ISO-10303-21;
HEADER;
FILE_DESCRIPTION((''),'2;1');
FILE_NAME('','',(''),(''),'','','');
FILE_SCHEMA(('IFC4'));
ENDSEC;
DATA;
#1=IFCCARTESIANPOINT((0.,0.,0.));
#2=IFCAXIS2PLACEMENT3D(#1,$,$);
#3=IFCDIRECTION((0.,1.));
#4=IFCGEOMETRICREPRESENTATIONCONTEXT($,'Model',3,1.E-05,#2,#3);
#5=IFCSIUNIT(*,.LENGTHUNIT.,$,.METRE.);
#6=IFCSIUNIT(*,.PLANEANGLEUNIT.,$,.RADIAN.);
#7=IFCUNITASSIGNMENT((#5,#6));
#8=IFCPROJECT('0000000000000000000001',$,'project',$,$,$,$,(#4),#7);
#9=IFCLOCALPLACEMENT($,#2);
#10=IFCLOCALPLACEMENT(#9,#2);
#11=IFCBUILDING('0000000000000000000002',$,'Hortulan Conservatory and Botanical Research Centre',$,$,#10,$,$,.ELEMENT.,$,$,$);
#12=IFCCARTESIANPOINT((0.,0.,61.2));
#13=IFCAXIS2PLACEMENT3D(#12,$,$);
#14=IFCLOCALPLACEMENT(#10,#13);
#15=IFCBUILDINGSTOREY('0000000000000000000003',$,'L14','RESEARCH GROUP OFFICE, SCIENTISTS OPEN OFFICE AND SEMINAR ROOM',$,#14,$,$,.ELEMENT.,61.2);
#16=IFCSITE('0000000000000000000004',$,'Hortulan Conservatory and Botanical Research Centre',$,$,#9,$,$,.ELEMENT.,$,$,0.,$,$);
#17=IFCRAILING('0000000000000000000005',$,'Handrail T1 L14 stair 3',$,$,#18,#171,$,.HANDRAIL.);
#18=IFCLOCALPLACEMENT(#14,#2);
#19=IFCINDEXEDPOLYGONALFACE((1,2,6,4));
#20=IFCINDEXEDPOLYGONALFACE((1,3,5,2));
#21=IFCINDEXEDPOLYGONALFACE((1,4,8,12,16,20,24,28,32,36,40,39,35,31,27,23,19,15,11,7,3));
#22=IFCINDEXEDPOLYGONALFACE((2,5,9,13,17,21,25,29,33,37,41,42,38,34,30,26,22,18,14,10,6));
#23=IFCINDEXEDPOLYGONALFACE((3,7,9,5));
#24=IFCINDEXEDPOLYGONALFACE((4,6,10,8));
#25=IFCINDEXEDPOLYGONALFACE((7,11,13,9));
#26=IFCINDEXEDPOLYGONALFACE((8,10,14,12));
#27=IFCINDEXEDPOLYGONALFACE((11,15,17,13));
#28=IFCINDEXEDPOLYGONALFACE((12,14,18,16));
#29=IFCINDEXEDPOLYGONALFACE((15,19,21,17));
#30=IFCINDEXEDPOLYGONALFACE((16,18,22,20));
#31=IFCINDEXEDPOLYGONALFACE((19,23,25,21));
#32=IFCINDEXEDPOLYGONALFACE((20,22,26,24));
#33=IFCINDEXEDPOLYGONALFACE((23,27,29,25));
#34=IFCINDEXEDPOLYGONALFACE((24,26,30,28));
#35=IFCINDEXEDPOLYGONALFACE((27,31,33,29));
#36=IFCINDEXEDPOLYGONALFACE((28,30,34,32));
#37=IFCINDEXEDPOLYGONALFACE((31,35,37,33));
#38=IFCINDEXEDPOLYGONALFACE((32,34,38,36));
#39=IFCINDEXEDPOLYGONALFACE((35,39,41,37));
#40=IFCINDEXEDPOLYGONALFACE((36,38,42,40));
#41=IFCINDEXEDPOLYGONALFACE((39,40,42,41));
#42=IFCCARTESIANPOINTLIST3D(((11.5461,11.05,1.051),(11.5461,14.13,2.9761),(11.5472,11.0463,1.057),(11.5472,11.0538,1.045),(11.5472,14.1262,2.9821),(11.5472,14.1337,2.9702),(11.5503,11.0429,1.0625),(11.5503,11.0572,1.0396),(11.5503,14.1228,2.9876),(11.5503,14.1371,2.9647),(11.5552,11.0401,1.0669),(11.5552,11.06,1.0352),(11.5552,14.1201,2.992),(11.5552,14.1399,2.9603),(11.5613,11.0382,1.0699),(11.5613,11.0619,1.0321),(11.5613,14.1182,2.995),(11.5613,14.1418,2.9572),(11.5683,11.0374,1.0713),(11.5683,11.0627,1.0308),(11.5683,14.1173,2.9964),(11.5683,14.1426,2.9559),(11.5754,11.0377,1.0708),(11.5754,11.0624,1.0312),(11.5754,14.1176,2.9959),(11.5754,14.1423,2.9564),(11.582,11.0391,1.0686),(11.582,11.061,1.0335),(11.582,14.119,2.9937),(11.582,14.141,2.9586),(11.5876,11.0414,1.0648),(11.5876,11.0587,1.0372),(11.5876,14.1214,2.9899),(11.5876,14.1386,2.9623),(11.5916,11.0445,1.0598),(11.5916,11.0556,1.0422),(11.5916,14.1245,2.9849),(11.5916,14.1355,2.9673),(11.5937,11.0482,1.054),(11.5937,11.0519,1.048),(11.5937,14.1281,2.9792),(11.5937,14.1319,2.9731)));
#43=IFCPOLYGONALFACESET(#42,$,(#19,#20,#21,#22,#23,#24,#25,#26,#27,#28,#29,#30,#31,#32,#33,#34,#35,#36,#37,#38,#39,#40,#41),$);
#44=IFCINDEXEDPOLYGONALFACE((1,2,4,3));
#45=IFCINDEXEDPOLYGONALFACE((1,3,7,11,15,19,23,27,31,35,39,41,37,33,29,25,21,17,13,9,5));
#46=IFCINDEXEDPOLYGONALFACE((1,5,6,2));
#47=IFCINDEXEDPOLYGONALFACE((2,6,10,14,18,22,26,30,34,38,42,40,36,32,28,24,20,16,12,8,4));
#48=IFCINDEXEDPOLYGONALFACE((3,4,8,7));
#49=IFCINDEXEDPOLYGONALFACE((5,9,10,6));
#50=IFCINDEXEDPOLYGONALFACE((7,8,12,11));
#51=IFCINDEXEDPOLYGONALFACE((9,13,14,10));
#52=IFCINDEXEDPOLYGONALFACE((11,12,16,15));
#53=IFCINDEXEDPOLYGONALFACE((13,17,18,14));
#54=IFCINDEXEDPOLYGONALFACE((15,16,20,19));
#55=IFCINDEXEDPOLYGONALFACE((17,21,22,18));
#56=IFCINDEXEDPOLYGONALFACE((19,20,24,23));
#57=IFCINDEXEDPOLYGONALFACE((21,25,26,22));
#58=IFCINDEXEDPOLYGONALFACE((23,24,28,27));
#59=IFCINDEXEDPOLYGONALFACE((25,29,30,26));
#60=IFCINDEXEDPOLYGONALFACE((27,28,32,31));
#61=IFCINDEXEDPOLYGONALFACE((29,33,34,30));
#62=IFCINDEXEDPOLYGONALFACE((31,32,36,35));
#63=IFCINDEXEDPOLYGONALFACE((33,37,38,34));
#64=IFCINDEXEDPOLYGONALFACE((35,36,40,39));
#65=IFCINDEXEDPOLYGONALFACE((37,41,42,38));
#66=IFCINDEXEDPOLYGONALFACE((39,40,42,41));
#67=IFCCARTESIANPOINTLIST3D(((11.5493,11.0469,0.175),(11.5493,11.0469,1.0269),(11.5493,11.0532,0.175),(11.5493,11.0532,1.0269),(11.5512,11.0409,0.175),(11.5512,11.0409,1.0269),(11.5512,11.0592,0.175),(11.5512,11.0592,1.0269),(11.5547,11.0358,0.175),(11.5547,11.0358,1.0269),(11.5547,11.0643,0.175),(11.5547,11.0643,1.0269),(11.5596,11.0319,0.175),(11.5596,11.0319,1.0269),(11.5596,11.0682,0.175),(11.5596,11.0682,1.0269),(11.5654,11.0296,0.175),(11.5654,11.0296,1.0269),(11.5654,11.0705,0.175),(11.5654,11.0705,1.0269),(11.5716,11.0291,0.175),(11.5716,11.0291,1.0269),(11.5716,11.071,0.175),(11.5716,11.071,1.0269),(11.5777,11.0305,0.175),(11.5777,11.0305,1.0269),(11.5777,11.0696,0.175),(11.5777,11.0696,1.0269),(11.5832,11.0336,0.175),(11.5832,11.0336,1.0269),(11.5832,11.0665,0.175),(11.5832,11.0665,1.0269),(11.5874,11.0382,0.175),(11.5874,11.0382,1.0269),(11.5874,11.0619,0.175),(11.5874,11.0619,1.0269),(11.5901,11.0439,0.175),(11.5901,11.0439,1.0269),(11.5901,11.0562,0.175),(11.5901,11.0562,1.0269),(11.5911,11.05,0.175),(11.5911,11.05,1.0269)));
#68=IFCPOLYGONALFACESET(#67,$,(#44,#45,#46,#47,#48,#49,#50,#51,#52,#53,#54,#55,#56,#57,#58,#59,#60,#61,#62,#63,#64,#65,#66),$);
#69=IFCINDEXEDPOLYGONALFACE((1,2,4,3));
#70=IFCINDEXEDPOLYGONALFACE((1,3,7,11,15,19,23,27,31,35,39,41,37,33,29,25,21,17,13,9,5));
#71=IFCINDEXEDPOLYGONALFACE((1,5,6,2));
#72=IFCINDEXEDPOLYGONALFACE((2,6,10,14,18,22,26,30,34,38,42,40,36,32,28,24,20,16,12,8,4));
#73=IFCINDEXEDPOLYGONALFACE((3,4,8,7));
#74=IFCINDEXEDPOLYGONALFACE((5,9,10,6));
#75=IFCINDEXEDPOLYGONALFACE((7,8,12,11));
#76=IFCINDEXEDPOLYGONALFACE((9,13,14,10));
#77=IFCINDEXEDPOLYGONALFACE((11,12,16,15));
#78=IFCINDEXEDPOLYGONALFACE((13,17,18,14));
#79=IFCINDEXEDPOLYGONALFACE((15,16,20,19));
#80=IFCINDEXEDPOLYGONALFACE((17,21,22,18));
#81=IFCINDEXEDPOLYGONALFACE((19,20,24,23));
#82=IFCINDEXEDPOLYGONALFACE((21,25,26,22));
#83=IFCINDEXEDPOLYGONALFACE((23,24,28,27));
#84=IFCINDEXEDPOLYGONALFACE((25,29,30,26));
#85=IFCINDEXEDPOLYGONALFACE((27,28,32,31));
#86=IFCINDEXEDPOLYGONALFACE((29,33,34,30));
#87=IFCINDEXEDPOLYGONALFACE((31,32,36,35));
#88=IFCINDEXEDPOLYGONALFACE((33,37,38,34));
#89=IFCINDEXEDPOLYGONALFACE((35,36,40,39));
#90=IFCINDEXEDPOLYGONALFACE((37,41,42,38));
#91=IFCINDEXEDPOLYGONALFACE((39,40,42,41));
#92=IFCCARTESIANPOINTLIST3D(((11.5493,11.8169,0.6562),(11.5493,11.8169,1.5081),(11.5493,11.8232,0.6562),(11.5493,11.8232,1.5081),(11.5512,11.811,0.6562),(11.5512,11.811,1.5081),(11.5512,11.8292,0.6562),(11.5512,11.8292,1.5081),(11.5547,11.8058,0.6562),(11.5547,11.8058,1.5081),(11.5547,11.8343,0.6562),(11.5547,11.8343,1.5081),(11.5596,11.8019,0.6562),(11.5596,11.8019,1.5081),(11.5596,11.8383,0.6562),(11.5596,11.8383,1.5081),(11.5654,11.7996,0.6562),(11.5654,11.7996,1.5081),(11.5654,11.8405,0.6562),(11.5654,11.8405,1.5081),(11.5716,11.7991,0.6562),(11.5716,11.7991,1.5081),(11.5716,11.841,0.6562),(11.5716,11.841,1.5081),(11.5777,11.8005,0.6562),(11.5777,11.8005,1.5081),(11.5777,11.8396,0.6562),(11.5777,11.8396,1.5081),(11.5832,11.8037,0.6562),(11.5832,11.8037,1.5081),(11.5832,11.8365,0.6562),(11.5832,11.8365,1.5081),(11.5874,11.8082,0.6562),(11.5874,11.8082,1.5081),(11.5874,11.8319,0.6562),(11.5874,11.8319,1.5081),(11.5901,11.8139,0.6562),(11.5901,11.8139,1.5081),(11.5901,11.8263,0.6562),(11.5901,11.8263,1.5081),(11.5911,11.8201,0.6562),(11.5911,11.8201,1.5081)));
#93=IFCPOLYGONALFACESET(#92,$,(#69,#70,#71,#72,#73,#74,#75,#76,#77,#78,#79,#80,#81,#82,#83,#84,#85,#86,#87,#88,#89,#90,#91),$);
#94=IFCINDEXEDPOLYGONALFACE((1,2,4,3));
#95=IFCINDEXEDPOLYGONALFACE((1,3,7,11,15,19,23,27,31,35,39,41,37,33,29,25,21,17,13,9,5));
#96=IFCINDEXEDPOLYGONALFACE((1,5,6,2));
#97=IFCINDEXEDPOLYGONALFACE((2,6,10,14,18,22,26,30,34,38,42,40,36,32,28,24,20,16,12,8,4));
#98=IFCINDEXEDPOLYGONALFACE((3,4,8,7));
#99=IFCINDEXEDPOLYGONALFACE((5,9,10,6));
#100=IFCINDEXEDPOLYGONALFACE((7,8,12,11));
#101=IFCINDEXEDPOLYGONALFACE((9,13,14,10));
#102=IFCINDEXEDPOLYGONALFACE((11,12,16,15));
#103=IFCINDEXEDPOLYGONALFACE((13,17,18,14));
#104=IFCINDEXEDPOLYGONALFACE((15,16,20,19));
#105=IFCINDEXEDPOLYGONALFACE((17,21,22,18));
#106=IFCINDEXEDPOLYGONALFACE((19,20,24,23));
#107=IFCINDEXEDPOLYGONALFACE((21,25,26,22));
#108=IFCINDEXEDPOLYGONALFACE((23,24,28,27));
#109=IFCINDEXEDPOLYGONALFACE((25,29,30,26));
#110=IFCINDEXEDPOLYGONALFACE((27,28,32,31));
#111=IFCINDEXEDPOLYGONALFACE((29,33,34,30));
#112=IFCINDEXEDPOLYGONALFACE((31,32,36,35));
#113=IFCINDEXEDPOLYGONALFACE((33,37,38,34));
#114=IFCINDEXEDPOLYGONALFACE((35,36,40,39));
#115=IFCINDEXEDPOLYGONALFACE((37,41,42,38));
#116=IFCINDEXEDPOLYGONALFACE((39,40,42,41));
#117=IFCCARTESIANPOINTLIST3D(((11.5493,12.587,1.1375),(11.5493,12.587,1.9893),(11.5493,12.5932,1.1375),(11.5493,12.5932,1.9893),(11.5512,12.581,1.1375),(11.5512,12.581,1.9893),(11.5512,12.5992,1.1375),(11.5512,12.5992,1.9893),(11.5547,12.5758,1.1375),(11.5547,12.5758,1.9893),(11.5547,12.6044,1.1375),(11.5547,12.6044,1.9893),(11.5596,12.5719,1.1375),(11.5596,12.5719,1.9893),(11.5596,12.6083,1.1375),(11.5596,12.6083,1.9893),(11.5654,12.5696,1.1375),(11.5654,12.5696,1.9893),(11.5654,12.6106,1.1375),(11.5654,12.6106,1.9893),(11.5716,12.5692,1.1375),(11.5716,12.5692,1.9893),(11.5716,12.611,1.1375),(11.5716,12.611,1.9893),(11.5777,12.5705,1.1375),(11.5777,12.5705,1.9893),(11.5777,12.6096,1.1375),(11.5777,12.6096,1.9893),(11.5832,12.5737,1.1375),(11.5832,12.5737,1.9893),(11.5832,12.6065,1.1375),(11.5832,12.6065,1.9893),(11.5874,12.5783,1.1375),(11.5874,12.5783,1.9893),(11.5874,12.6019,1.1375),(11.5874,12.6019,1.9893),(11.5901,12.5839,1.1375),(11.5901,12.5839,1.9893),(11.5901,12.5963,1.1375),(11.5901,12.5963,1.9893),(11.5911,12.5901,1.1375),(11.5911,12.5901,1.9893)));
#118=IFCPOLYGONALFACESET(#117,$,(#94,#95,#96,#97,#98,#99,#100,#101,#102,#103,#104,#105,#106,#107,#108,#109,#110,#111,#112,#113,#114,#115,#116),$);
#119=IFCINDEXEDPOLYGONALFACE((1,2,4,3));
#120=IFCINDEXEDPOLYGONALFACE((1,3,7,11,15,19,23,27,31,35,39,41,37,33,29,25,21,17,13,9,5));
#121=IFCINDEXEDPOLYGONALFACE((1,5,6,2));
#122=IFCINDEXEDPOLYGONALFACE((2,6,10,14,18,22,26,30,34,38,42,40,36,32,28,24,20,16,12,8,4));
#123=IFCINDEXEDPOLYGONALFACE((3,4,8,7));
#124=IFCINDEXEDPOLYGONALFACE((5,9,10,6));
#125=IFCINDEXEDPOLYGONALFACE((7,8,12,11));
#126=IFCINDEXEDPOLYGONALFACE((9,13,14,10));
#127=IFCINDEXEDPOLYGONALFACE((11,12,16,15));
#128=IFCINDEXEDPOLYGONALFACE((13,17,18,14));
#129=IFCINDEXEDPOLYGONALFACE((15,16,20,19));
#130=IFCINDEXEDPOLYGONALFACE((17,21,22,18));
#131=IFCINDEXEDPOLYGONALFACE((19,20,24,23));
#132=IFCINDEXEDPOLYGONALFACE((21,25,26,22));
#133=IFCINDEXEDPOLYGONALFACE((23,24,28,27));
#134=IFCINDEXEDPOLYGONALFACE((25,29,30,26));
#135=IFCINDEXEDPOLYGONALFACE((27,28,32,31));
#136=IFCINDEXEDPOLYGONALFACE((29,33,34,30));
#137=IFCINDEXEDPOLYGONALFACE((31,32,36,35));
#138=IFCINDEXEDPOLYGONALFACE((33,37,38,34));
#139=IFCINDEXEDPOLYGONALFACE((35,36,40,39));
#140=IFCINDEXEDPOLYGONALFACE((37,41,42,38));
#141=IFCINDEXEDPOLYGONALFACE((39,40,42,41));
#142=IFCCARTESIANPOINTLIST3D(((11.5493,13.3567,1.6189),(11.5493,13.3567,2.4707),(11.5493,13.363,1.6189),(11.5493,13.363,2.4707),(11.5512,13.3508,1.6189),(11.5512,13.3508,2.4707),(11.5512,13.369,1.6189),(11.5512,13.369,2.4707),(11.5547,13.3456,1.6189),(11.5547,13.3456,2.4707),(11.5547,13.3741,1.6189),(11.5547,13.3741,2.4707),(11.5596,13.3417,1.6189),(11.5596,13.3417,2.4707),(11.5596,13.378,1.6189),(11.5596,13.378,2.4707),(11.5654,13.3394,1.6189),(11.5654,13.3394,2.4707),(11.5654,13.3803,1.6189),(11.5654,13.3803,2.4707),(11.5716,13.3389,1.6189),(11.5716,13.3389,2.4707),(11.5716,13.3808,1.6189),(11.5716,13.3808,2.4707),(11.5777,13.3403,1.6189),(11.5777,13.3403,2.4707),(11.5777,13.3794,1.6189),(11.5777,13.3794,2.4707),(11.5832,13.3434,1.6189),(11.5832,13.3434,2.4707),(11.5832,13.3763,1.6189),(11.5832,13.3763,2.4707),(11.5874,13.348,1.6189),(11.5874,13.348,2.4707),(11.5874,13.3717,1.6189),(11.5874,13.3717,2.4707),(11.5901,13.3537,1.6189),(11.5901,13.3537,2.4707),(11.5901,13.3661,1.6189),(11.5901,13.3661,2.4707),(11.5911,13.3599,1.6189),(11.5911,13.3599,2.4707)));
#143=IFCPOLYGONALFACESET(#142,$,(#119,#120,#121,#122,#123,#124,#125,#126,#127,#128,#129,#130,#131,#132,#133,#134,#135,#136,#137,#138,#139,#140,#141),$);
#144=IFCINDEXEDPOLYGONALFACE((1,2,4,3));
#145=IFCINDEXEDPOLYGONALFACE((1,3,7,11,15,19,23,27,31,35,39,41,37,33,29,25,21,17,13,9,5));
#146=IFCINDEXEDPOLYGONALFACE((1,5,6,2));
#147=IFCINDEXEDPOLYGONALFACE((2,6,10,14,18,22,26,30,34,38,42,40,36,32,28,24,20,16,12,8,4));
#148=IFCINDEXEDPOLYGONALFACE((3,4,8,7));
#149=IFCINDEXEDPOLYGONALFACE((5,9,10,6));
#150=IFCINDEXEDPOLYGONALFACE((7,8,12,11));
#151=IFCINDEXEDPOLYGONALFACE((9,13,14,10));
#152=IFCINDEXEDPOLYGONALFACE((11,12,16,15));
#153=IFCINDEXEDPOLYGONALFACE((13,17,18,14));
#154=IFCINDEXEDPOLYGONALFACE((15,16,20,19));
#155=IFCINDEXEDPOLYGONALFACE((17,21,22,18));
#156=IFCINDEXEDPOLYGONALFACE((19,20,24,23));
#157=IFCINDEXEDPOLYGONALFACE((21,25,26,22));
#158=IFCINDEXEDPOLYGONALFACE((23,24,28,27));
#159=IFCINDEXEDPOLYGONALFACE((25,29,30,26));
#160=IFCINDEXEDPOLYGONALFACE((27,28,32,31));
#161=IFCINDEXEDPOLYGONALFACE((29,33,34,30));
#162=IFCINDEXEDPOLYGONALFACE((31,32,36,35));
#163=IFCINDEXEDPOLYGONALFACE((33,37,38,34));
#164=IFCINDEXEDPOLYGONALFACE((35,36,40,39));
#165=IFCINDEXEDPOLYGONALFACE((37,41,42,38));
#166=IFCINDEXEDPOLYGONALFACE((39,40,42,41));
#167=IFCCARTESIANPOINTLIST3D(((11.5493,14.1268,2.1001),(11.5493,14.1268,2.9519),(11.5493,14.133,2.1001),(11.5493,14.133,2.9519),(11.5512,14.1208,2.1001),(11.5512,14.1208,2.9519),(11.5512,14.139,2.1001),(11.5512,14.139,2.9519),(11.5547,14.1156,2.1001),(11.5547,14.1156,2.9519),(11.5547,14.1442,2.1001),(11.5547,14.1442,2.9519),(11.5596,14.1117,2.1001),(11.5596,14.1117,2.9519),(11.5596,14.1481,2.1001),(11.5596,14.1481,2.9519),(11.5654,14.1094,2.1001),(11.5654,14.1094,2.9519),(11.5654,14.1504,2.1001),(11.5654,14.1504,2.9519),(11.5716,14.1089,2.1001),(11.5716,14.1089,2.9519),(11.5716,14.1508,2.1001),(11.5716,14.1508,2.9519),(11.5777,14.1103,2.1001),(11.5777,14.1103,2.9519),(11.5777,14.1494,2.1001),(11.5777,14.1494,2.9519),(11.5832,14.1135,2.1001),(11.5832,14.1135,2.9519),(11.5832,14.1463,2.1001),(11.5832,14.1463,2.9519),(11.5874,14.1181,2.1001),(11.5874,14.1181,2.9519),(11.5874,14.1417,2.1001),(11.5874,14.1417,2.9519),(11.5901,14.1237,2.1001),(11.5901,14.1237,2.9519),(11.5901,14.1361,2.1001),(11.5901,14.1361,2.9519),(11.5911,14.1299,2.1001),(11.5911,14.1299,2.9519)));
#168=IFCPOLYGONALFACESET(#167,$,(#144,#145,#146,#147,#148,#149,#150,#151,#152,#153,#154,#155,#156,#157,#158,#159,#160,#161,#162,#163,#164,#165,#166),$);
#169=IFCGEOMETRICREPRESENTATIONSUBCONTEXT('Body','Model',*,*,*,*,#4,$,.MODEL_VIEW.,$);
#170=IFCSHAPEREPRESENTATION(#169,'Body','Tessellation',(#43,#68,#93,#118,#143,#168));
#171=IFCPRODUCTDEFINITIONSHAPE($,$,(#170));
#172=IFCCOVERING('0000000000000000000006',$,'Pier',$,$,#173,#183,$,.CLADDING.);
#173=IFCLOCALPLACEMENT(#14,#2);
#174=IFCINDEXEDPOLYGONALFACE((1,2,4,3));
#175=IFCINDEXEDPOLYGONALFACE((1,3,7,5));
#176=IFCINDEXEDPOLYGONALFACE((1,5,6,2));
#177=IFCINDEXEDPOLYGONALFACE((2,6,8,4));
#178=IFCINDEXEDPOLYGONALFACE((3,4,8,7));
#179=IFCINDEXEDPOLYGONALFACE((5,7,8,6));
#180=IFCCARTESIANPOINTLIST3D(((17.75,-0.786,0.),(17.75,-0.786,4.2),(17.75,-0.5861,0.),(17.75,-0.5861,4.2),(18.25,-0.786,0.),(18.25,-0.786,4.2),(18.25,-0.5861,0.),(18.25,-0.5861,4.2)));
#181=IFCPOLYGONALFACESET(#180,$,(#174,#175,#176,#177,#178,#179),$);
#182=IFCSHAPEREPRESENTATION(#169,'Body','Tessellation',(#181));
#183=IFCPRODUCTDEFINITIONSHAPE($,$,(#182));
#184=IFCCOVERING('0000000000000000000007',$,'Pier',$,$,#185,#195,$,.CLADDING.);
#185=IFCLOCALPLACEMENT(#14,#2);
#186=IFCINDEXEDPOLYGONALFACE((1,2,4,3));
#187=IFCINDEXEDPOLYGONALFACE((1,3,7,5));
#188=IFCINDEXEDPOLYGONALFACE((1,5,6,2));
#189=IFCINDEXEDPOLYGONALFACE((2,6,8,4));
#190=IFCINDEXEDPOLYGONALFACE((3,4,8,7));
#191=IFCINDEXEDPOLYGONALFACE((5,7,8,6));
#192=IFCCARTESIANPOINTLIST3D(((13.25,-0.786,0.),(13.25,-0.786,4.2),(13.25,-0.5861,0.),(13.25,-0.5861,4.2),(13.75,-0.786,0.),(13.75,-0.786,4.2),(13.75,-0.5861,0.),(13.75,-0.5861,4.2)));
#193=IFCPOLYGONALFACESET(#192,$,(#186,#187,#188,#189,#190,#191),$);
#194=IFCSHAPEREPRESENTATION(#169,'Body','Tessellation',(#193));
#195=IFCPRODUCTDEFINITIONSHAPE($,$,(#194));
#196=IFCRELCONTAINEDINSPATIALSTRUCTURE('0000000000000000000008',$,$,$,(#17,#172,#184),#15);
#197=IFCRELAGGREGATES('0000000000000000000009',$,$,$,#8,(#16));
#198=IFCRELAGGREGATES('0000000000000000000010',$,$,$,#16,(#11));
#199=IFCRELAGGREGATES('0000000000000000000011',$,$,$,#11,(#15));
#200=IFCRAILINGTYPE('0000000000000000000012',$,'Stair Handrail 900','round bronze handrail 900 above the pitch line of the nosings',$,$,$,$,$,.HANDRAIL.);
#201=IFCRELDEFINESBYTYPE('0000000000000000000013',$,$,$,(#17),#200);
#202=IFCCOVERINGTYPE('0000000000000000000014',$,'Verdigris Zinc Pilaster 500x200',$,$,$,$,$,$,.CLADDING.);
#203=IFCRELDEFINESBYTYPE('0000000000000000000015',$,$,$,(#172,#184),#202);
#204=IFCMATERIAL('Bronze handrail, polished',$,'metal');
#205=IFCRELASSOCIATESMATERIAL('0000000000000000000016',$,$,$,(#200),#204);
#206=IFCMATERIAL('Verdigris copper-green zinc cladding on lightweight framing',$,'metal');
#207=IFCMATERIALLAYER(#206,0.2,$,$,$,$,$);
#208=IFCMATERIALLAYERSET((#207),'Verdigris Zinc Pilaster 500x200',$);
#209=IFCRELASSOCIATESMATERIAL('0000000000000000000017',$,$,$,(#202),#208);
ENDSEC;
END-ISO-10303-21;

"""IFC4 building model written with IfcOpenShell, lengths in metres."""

from ifc_helpers import new_model, si_unit, direction, frame, origin, origin_2d, place, context, subcontext, project, spatial, rectangle, circle, extrude, material, layer, layer_set, type_object, element, save


model = new_model("IFC4")

# Units and contexts
model_context = context("Model", 3, precision=1e-05, world=origin(), true_north=direction((0.0, 1.0)))
body_context = subcontext(model_context, "Body", "Model", "MODEL_VIEW")
ifc_project = project(units=[si_unit("LENGTHUNIT", "METRE"), si_unit("PLANEANGLEUNIT", "RADIAN")], contexts=[model_context])

# Site, building, storey
site_placement = place(None, origin())
site = spatial("IfcSite", under=ifc_project, at=site_placement, Name="Hortulan Conservatory and Botanical Research Centre", CompositionType="ELEMENT", RefElevation=0.0)
building_placement = place(site_placement, origin())
building = spatial("IfcBuilding", under=site, at=building_placement, Name="Hortulan Conservatory and Botanical Research Centre", CompositionType="ELEMENT")
storey_placement = place(building_placement, frame((0.0, 0.0, 61.2)))
storey = spatial("IfcBuildingStorey", under=building, at=storey_placement, Name="L14", Description="RESEARCH GROUP OFFICE, SCIENTISTS OPEN OFFICE AND SEMINAR ROOM", CompositionType="ELEMENT", Elevation=61.2)

# Railing
ifc_material_1 = material(Name="Bronze handrail, polished", Category="metal")
railing_type_1 = type_object("IfcRailingType", Name="Stair Handrail 900", Description="round bronze handrail 900 above the pitch line of the nosings", PredefinedType="HANDRAIL", material=ifc_material_1)
railing_1_placement = place(storey_placement, frame((11.5701, 11.05, 0.175)))
element("IfcRailing", 1, at=railing_1_placement, inside=storey, type_object=railing_type_1, Name="Handrail T1 L14 stair 3", PredefinedType="HANDRAIL", context=body_context, shape_type="SweptSolid", body=[
    extrude(circle(Radius=0.0239, at=origin_2d()), frame((0.0, 0.0, 0.876), z_axis=(0.0, 0.847979, 0.530029), x_axis=(-1.0, 0.0, 0.0)), (0.0, 0.0, 1.0), 3.6321),
    extrude(circle(Radius=0.021, at=origin_2d()), origin(), (0.0, 0.0, 1.0), 0.8518),
    extrude(circle(Radius=0.021, at=origin_2d()), frame((0.0, 0.77, 0.4812)), (0.0, 0.0, 1.0), 0.8518),
    extrude(circle(Radius=0.021, at=origin_2d()), frame((0.0, 1.54, 0.9624)), (0.0, 0.0, 1.0), 0.8518),
    extrude(circle(Radius=0.021, at=origin_2d()), frame((0.0, 2.3098, 1.4438)), (0.0, 0.0, 1.0), 0.8518),
    extrude(circle(Radius=0.021, at=origin_2d()), frame((0.0, 3.0798, 1.925)), (0.0, 0.0, 1.0), 0.8518),
])

# Coverings
ifc_material_2 = material(Name="Verdigris copper-green zinc cladding on lightweight framing", Category="metal")
ifc_layer_1 = layer(ifc_material_2, 0.2)
ifc_layer_set_1 = layer_set([ifc_layer_1], Name="Verdigris Zinc Pilaster 500x200")
covering_type = type_object("IfcCoveringType", Name="Verdigris Zinc Pilaster 500x200", PredefinedType="CLADDING", material=ifc_layer_set_1)
for number, where, z_axis, x_axis, name in (
    (2, (18.0, -0.686, 0.0), (0.0, 0.0, 1.0), (-1.0, 0.0, 0.0), "Pier"),
    (3, (13.5, -0.686, 0.0), (0.0, 0.0, 1.0), (-1.0, 0.0, 0.0), "Pier"),
):
    element("IfcCovering", number, at=place(storey_placement, frame(where, z_axis=z_axis, x_axis=x_axis)), inside=storey, type_object=covering_type, Name=name, PredefinedType="CLADDING", context=body_context, shape_type="SweptSolid", body=[
        extrude(rectangle(XDim=0.5, YDim=0.2, at=origin_2d()), origin(), (0.0, 0.0, 1.0), 4.2),
    ])

save(model, "model.ifc")
